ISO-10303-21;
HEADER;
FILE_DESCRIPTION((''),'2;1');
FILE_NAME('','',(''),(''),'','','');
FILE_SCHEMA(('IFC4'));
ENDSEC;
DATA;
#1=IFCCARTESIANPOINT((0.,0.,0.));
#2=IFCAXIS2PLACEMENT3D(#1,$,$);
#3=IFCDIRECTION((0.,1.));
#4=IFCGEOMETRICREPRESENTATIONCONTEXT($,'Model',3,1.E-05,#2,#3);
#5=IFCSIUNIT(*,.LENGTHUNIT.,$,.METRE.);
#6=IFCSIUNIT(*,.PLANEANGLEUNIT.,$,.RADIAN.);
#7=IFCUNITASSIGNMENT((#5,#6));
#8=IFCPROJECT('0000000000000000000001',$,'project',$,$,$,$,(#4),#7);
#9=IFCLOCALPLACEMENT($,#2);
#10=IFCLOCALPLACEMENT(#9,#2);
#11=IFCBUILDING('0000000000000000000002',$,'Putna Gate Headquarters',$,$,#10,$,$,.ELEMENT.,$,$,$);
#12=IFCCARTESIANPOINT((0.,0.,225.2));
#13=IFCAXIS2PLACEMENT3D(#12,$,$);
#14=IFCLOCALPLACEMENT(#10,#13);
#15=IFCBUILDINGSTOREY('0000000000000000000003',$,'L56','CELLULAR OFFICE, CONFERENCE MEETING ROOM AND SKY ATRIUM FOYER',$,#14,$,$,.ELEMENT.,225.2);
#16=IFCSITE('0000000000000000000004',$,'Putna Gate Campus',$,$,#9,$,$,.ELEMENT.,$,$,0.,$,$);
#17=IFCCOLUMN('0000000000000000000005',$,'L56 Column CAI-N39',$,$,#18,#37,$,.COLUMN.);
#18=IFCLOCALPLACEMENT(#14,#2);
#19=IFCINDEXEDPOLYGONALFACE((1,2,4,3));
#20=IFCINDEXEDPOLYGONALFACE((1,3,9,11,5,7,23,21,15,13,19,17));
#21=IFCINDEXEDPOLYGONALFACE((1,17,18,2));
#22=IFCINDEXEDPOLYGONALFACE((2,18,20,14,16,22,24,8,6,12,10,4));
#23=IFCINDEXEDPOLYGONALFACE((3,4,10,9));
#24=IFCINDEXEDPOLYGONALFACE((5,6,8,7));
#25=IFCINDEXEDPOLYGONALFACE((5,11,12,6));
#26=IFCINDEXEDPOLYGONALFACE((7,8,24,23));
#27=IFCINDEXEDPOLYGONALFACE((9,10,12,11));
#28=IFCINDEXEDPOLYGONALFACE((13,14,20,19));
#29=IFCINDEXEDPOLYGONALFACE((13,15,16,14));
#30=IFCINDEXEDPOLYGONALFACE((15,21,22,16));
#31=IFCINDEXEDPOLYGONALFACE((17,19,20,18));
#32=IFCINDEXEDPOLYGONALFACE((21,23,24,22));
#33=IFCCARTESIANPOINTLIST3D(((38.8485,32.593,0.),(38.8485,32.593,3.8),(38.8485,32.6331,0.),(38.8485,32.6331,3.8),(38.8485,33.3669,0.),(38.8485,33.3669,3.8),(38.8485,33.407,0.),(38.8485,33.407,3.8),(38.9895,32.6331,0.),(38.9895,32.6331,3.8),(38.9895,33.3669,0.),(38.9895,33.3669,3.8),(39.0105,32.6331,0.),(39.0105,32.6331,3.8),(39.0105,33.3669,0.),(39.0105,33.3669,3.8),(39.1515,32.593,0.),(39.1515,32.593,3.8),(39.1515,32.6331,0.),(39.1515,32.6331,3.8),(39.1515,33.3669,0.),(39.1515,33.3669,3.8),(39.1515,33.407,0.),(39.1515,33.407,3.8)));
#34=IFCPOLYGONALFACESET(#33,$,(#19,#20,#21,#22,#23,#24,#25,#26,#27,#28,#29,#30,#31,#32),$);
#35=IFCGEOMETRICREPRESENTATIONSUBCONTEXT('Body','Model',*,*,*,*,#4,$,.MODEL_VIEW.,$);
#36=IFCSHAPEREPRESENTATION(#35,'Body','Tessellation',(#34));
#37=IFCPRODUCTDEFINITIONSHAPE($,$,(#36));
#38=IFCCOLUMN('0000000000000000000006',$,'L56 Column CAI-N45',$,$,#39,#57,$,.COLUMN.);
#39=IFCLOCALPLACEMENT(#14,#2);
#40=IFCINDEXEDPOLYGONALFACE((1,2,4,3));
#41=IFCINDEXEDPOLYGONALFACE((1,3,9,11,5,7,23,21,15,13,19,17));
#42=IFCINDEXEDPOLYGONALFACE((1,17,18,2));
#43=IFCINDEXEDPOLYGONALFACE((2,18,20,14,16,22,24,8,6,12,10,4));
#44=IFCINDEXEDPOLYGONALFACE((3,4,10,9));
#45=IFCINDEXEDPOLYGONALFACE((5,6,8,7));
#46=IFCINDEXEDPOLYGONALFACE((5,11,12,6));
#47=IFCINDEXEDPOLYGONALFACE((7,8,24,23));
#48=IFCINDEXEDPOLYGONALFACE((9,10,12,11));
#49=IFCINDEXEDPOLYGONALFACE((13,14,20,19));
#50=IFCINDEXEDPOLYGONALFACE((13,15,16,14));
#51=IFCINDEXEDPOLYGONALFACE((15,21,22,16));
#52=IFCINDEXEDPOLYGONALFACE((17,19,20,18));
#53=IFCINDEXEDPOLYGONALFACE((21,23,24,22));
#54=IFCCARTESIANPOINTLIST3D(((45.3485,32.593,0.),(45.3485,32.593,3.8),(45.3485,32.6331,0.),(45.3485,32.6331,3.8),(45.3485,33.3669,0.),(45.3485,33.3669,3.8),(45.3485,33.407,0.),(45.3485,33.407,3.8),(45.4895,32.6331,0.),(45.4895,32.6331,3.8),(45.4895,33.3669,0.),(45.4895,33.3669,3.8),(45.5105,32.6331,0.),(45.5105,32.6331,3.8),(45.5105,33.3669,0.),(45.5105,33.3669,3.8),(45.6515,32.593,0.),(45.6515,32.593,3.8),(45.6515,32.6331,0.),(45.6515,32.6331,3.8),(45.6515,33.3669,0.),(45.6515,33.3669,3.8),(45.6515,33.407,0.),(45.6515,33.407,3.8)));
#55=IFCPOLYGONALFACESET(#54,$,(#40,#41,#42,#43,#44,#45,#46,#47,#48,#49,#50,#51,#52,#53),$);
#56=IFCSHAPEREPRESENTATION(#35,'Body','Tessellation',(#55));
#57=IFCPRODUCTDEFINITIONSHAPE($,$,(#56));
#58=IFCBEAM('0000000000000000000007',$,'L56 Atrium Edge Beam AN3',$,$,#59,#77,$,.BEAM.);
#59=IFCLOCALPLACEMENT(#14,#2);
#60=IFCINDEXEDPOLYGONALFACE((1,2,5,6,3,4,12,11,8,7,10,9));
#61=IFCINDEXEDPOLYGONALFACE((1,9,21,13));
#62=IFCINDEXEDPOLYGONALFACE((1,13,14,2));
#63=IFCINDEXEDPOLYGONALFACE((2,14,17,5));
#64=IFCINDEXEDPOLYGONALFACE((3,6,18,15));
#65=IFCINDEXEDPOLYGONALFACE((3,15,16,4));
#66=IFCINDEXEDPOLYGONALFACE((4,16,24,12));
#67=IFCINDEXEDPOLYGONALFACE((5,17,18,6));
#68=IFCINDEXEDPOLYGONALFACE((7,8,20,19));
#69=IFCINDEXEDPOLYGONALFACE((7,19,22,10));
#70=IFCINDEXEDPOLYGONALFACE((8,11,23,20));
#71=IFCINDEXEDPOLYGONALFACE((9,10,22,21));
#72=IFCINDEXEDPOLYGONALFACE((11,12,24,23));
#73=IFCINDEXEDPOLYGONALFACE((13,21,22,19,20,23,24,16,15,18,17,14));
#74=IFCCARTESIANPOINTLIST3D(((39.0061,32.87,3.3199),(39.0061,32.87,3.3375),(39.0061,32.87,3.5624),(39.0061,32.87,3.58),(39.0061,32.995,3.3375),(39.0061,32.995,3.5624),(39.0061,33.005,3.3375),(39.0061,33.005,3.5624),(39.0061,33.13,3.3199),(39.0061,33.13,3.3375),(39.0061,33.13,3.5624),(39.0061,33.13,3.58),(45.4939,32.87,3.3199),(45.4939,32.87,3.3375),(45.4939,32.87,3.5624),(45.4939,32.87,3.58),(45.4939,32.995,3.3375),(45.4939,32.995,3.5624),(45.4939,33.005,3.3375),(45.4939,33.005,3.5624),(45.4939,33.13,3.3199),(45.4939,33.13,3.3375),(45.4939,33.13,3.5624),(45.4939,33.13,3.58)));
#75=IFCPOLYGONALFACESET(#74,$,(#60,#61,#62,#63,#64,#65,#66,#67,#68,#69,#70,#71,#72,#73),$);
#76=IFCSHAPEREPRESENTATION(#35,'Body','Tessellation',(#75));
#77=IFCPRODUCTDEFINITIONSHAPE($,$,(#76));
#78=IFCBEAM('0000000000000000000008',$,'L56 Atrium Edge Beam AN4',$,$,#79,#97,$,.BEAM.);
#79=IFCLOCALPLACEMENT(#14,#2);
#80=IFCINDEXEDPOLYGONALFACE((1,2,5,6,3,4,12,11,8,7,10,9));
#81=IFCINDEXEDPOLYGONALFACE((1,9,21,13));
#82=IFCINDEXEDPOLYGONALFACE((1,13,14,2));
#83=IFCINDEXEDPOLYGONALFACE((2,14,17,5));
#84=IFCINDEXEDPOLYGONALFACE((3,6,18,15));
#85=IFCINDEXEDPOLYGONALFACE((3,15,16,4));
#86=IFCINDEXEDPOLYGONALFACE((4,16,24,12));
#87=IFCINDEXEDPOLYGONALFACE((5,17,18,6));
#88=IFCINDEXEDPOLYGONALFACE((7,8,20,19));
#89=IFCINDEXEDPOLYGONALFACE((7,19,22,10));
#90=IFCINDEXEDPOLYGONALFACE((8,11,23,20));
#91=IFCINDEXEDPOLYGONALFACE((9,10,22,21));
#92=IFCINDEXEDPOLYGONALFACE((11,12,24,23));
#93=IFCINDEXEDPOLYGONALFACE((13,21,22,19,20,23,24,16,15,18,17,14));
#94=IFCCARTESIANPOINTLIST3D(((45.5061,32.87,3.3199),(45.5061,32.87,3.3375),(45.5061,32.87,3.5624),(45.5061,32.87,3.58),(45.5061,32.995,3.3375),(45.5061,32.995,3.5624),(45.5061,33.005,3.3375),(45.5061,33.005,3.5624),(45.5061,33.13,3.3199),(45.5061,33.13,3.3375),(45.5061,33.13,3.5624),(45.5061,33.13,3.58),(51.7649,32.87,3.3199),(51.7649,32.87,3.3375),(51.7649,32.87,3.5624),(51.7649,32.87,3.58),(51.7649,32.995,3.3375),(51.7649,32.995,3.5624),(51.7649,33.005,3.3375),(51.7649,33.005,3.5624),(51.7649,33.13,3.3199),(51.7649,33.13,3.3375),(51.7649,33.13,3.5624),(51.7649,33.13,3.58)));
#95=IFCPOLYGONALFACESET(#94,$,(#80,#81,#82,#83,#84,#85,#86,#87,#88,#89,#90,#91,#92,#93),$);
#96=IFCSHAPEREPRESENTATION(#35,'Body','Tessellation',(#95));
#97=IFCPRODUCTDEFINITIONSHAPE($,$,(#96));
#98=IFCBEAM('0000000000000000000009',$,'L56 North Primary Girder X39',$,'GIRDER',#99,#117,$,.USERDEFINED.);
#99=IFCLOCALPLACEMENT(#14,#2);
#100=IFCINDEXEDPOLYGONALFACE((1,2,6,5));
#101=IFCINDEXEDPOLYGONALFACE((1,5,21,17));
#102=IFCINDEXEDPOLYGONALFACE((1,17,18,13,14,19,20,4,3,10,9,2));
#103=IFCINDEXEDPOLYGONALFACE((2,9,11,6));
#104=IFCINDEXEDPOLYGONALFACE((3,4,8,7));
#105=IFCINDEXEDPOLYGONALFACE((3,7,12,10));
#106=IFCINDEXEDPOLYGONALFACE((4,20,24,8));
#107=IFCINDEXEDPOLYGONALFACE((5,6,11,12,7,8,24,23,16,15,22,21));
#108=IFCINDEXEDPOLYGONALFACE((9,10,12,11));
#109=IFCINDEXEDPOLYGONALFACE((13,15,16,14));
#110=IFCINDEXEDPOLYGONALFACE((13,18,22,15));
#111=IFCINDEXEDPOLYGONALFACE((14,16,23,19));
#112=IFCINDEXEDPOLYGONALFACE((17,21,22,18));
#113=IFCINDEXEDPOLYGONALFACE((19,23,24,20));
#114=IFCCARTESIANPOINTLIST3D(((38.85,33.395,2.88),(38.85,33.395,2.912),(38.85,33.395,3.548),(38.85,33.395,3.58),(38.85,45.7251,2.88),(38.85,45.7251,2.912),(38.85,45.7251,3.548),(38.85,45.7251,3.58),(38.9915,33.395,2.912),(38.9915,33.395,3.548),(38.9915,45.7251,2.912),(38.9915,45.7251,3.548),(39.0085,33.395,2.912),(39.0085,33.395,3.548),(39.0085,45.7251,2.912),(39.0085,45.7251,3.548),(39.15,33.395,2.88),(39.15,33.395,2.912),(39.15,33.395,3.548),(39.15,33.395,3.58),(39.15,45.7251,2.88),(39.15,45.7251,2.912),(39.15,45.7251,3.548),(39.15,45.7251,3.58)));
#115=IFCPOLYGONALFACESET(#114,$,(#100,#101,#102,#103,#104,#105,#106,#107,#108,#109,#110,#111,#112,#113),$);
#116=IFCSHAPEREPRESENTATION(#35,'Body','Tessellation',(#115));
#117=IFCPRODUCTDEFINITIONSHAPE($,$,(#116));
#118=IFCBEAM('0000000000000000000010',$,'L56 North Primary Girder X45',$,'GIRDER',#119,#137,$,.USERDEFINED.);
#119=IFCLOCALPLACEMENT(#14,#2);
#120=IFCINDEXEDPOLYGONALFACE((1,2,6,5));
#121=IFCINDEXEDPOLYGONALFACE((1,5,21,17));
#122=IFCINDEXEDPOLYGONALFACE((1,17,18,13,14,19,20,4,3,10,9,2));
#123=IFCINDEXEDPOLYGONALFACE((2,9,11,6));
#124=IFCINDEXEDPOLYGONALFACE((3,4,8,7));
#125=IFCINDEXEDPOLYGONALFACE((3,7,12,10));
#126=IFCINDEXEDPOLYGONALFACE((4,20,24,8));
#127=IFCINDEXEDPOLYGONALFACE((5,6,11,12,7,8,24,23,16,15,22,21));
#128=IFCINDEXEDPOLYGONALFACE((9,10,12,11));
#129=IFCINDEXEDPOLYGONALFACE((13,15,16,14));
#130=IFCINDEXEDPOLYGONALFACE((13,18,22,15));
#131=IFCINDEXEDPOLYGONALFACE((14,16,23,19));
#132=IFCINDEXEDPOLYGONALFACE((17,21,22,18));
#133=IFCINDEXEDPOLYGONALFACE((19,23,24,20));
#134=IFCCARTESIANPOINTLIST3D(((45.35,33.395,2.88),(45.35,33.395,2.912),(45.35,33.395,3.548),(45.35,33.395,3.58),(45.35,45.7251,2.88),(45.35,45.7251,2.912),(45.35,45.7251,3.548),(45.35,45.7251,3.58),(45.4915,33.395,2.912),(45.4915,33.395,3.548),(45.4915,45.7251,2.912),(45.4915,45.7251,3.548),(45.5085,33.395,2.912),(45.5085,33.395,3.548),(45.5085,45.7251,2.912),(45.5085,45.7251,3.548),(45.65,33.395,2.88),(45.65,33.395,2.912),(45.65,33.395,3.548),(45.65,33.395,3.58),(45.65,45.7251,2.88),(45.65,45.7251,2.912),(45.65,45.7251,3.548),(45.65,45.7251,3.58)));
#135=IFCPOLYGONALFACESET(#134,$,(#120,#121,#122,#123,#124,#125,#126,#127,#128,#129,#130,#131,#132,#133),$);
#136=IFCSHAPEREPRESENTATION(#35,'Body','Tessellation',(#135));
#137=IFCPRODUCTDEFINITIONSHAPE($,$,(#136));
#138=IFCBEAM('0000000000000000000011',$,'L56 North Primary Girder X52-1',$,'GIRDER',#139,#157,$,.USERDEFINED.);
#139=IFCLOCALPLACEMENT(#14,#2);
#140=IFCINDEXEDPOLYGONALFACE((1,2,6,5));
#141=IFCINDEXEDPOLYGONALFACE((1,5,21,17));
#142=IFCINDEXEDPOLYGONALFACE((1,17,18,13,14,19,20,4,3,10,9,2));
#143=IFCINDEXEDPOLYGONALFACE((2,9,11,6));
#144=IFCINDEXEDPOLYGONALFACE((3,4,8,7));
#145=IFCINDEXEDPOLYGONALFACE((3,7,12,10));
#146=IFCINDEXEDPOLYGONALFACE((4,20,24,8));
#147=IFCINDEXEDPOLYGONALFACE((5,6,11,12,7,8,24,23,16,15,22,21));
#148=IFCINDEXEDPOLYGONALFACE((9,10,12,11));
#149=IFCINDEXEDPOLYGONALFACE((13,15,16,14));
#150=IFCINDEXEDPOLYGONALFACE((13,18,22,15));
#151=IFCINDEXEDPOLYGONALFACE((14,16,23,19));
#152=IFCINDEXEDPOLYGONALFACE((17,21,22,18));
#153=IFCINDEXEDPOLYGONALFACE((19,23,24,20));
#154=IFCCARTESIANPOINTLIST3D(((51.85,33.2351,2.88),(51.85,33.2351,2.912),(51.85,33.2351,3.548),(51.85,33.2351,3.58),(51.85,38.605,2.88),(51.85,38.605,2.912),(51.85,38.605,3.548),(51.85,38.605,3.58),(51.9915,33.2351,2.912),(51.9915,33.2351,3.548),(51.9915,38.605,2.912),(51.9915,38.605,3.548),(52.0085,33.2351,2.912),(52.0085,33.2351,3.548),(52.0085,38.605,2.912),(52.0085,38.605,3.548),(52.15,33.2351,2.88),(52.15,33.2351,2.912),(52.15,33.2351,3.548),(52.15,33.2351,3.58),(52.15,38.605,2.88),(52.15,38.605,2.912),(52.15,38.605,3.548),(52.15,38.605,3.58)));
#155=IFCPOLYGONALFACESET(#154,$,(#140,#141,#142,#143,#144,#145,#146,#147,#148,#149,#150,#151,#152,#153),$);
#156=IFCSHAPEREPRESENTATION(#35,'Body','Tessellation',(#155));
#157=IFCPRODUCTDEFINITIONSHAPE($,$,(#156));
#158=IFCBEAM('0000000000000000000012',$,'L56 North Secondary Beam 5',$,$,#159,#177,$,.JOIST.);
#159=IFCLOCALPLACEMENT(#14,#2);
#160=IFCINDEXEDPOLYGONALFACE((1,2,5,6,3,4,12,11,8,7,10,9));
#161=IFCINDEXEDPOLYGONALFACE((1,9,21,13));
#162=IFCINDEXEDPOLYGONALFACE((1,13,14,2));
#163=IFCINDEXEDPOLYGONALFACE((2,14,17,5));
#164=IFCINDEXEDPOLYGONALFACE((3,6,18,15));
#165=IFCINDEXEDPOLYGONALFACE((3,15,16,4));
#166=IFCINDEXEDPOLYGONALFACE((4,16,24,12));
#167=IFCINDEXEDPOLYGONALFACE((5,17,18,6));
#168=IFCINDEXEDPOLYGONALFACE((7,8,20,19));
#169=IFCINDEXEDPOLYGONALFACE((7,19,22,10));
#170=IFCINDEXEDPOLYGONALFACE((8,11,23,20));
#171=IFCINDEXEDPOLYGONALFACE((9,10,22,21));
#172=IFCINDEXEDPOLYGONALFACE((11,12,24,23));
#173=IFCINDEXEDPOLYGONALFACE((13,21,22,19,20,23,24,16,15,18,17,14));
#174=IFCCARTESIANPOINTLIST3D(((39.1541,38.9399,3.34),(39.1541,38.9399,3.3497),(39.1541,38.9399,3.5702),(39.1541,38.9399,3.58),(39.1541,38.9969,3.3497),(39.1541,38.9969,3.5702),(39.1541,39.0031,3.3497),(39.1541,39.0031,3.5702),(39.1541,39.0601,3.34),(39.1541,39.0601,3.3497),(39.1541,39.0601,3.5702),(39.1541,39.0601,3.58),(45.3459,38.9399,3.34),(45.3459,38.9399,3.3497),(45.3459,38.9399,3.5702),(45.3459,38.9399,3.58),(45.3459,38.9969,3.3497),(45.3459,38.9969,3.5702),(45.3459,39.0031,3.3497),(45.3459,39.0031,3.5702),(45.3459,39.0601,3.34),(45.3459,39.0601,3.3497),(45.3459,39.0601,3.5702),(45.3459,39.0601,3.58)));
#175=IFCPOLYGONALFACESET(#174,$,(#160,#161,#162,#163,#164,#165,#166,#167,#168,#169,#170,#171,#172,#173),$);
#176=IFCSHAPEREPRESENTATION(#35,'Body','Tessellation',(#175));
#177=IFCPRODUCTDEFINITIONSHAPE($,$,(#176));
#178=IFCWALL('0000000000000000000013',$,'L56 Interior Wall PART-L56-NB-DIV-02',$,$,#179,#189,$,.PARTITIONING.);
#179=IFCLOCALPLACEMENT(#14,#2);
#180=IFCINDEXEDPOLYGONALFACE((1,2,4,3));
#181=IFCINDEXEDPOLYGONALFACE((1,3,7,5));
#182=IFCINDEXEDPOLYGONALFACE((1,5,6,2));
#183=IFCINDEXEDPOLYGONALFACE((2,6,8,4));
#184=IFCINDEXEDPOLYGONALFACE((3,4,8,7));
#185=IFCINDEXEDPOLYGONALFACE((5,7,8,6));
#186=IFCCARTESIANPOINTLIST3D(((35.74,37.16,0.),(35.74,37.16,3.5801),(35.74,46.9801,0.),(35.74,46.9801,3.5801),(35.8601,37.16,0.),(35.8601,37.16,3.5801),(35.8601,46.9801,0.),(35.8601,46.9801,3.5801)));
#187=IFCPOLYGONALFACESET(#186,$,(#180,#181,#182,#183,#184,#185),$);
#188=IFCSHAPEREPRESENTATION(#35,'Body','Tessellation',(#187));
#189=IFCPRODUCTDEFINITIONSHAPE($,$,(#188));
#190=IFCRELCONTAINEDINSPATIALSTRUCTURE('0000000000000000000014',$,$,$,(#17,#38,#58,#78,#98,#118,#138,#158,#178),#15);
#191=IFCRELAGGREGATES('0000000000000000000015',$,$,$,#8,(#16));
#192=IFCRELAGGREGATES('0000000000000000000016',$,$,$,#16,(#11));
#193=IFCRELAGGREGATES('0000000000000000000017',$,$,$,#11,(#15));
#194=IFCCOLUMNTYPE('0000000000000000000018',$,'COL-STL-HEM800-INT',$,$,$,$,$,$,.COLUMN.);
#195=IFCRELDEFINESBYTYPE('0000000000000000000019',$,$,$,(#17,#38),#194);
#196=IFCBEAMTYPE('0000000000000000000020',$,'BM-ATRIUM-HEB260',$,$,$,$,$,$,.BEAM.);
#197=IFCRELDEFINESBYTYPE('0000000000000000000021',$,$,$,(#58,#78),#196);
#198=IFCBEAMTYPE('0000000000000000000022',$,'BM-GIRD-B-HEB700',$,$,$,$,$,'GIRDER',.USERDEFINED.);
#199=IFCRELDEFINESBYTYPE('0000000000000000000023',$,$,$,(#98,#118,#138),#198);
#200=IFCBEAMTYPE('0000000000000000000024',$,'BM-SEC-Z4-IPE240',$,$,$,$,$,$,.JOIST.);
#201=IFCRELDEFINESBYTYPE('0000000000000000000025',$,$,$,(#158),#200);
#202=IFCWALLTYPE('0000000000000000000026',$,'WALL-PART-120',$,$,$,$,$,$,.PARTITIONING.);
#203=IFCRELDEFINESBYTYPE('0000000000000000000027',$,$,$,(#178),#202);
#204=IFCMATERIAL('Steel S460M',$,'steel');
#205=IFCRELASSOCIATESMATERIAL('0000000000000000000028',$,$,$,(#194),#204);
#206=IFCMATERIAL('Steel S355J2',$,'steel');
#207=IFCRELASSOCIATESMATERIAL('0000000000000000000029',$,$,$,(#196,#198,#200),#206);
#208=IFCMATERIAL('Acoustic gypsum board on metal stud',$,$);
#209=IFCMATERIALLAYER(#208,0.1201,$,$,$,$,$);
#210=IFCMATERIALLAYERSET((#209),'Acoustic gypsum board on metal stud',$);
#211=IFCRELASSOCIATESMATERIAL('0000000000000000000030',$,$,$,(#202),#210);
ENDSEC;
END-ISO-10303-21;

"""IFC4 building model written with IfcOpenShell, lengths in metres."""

from ifc_helpers import new_model, si_unit, direction, frame, frame_2d, origin, origin_2d, place, context, subcontext, project, spatial, rectangle, i_section, extrude, material, layer, layer_set, material_profile, profile_set, type_object, element, save


model = new_model("IFC4")

# Units and contexts
model_context = context("Model", 3, precision=1e-05, world=origin(), true_north=direction((0.0, 1.0)))
body_context = subcontext(model_context, "Body", "Model", "MODEL_VIEW")
ifc_project = project(units=[si_unit("LENGTHUNIT", "METRE"), si_unit("PLANEANGLEUNIT", "RADIAN")], contexts=[model_context])

# Site, building, storey
site_placement = place(None, origin())
site = spatial("IfcSite", under=ifc_project, at=site_placement, Name="Putna Gate Campus", CompositionType="ELEMENT", RefElevation=0.0)
building_placement = place(site_placement, origin())
building = spatial("IfcBuilding", under=site, at=building_placement, Name="Putna Gate Headquarters", CompositionType="ELEMENT")
storey_placement = place(building_placement, frame((0.0, 0.0, 225.2)))
storey = spatial("IfcBuildingStorey", under=building, at=storey_placement, Name="L56", Description="CELLULAR OFFICE, CONFERENCE MEETING ROOM AND SKY ATRIUM FOYER", CompositionType="ELEMENT", Elevation=225.2)

# Columns
ifc_material_1 = material(Name="Steel S460M", Category="steel")
ifc_material_profile_1 = material_profile(ifc_material_1, i_section(OverallWidth=0.303, OverallDepth=0.814, WebThickness=0.021, FlangeThickness=0.04, at=origin_2d()), Name="Steel S460M")
ifc_profile_set_1 = profile_set([ifc_material_profile_1], Name="Steel S460M")
column_type = type_object("IfcColumnType", Name="COL-STL-HEM800-INT", PredefinedType="COLUMN", material=ifc_profile_set_1)
for number, where, z_axis, x_axis, name in (
    (1, (39.0, 33.0, 0.0), (0.0, 0.0, 1.0), (1.0, 0.0, 0.0), "L56 Column CAI-N39"),
    (2, (45.5, 33.0, 0.0), (0.0, 0.0, 1.0), (1.0, 0.0, 0.0), "L56 Column CAI-N45"),
):
    element("IfcColumn", number, at=place(storey_placement, frame(where, z_axis=z_axis, x_axis=x_axis)), inside=storey, type_object=column_type, Name=name, PredefinedType="COLUMN", context=body_context, shape_type="SweptSolid", body=[
        extrude(i_section(OverallWidth=0.303, OverallDepth=0.814, WebThickness=0.021, FlangeThickness=0.04, at=origin_2d()), origin(), (0.0, 0.0, 1.0), 3.8),
    ])

# Beams
ifc_material_2 = material(Name="Steel S355J2", Category="steel")
ifc_material_profile_2 = material_profile(ifc_material_2, i_section(OverallWidth=0.26, OverallDepth=0.26, WebThickness=0.01, FlangeThickness=0.0176, at=origin_2d()), Name="Steel S355J2")
ifc_profile_set_2 = profile_set([ifc_material_profile_2], Name="Steel S355J2")
beam_type_1 = type_object("IfcBeamType", Name="BM-ATRIUM-HEB260", PredefinedType="BEAM", material=ifc_profile_set_2)
beam_1_placement = place(storey_placement, frame((39.0061, 33.0, 3.45), z_axis=(1.0, 0.0, 0.0), x_axis=(0.0, 1.0, 0.0)))
element("IfcBeam", 3, at=beam_1_placement, inside=storey, type_object=beam_type_1, Name="L56 Atrium Edge Beam AN3", PredefinedType="BEAM", context=body_context, shape_type="SweptSolid", body=[
    extrude(i_section(OverallWidth=0.26, OverallDepth=0.26, WebThickness=0.01, FlangeThickness=0.0176, at=origin_2d()), origin(), (0.0, 0.0, 1.0), 6.4878),
])
beam_2_placement = place(storey_placement, frame((45.5061, 33.0, 3.45), z_axis=(1.0, 0.0, 0.0), x_axis=(0.0, 1.0, 0.0)))
element("IfcBeam", 4, at=beam_2_placement, inside=storey, type_object=beam_type_1, Name="L56 Atrium Edge Beam AN4", PredefinedType="BEAM", context=body_context, shape_type="SweptSolid", body=[
    extrude(i_section(OverallWidth=0.26, OverallDepth=0.26, WebThickness=0.01, FlangeThickness=0.0176, at=origin_2d()), origin(), (0.0, 0.0, 1.0), 6.2588),
])
ifc_material_profile_3 = material_profile(ifc_material_2, i_section(OverallWidth=0.3, OverallDepth=0.7, WebThickness=0.0171, FlangeThickness=0.032, at=origin_2d()), Name="Steel S355J2")
ifc_profile_set_3 = profile_set([ifc_material_profile_3], Name="Steel S355J2")
beam_type_2 = type_object("IfcBeamType", Name="BM-GIRD-B-HEB700", ElementType="GIRDER", PredefinedType="USERDEFINED", material=ifc_profile_set_3)
for number, where, z_axis, x_axis, name in (
    (5, (39.0, 33.395, 3.23), (0.0, 1.0, 0.0), (-1.0, 0.0, 0.0), "L56 North Primary Girder X39"),
    (6, (45.5, 33.395, 3.23), (0.0, 1.0, 0.0), (-1.0, 0.0, 0.0), "L56 North Primary Girder X45"),
):
    element("IfcBeam", number, at=place(storey_placement, frame(where, z_axis=z_axis, x_axis=x_axis)), inside=storey, type_object=beam_type_2, Name=name, ObjectType="GIRDER", PredefinedType="USERDEFINED", context=body_context, shape_type="SweptSolid", body=[
        extrude(i_section(OverallWidth=0.3, OverallDepth=0.7, WebThickness=0.0171, FlangeThickness=0.032, at=origin_2d()), origin(), (0.0, 0.0, 1.0), 12.3301),
    ])
beam_3_placement = place(storey_placement, frame((52.0, 33.2351, 3.23), z_axis=(0.0, 1.0, 0.0), x_axis=(-1.0, 0.0, 0.0)))
element("IfcBeam", 7, at=beam_3_placement, inside=storey, type_object=beam_type_2, Name="L56 North Primary Girder X52-1", ObjectType="GIRDER", PredefinedType="USERDEFINED", context=body_context, shape_type="SweptSolid", body=[
    extrude(i_section(OverallWidth=0.3, OverallDepth=0.7, WebThickness=0.0171, FlangeThickness=0.032, at=origin_2d()), origin(), (0.0, 0.0, 1.0), 5.3699),
])
ifc_material_profile_4 = material_profile(ifc_material_2, i_section(OverallWidth=0.1201, OverallDepth=0.24, WebThickness=0.0061, FlangeThickness=0.0098, at=origin_2d()), Name="Steel S355J2")
ifc_profile_set_4 = profile_set([ifc_material_profile_4], Name="Steel S355J2")
beam_type_3 = type_object("IfcBeamType", Name="BM-SEC-Z4-IPE240", PredefinedType="JOIST", material=ifc_profile_set_4)
beam_4_placement = place(storey_placement, frame((39.1541, 39.0, 3.46), z_axis=(1.0, 0.0, 0.0), x_axis=(0.0, 1.0, 0.0)))
element("IfcBeam", 8, at=beam_4_placement, inside=storey, type_object=beam_type_3, Name="L56 North Secondary Beam 5", PredefinedType="JOIST", context=body_context, shape_type="SweptSolid", body=[
    extrude(i_section(OverallWidth=0.1201, OverallDepth=0.24, WebThickness=0.0061, FlangeThickness=0.0098, at=origin_2d()), origin(), (0.0, 0.0, 1.0), 6.1919),
])

# Shared definitions
ifc_material_3 = material(Name="Acoustic gypsum board on metal stud")
ifc_layer_1 = layer(ifc_material_3, 0.1201)
ifc_layer_set_1 = layer_set([ifc_layer_1], Name="Acoustic gypsum board on metal stud")
wall_type_1 = type_object("IfcWallType", Name="WALL-PART-120", PredefinedType="PARTITIONING", material=ifc_layer_set_1)

# Wall
for number, where, z_axis, x_axis, name in (
    (9, (35.8, 37.1599, 0.0), (0.0, 0.0, 1.0), (0.0, 1.0, 0.0), "L56 Interior Wall PART-L56-NB-DIV-02"),
):
    element("IfcWall", number, at=place(storey_placement, frame(where, z_axis=z_axis, x_axis=x_axis)), inside=storey, type_object=wall_type_1, Name=name, PredefinedType="PARTITIONING", context=body_context, shape_type="SweptSolid", body=[
        extrude(rectangle(XDim=9.8201, YDim=0.1201, at=frame_2d((4.9102, 0.0))), origin(), (0.0, 0.0, 1.0), 3.5801),
    ])

save(model, "model.ifc")
